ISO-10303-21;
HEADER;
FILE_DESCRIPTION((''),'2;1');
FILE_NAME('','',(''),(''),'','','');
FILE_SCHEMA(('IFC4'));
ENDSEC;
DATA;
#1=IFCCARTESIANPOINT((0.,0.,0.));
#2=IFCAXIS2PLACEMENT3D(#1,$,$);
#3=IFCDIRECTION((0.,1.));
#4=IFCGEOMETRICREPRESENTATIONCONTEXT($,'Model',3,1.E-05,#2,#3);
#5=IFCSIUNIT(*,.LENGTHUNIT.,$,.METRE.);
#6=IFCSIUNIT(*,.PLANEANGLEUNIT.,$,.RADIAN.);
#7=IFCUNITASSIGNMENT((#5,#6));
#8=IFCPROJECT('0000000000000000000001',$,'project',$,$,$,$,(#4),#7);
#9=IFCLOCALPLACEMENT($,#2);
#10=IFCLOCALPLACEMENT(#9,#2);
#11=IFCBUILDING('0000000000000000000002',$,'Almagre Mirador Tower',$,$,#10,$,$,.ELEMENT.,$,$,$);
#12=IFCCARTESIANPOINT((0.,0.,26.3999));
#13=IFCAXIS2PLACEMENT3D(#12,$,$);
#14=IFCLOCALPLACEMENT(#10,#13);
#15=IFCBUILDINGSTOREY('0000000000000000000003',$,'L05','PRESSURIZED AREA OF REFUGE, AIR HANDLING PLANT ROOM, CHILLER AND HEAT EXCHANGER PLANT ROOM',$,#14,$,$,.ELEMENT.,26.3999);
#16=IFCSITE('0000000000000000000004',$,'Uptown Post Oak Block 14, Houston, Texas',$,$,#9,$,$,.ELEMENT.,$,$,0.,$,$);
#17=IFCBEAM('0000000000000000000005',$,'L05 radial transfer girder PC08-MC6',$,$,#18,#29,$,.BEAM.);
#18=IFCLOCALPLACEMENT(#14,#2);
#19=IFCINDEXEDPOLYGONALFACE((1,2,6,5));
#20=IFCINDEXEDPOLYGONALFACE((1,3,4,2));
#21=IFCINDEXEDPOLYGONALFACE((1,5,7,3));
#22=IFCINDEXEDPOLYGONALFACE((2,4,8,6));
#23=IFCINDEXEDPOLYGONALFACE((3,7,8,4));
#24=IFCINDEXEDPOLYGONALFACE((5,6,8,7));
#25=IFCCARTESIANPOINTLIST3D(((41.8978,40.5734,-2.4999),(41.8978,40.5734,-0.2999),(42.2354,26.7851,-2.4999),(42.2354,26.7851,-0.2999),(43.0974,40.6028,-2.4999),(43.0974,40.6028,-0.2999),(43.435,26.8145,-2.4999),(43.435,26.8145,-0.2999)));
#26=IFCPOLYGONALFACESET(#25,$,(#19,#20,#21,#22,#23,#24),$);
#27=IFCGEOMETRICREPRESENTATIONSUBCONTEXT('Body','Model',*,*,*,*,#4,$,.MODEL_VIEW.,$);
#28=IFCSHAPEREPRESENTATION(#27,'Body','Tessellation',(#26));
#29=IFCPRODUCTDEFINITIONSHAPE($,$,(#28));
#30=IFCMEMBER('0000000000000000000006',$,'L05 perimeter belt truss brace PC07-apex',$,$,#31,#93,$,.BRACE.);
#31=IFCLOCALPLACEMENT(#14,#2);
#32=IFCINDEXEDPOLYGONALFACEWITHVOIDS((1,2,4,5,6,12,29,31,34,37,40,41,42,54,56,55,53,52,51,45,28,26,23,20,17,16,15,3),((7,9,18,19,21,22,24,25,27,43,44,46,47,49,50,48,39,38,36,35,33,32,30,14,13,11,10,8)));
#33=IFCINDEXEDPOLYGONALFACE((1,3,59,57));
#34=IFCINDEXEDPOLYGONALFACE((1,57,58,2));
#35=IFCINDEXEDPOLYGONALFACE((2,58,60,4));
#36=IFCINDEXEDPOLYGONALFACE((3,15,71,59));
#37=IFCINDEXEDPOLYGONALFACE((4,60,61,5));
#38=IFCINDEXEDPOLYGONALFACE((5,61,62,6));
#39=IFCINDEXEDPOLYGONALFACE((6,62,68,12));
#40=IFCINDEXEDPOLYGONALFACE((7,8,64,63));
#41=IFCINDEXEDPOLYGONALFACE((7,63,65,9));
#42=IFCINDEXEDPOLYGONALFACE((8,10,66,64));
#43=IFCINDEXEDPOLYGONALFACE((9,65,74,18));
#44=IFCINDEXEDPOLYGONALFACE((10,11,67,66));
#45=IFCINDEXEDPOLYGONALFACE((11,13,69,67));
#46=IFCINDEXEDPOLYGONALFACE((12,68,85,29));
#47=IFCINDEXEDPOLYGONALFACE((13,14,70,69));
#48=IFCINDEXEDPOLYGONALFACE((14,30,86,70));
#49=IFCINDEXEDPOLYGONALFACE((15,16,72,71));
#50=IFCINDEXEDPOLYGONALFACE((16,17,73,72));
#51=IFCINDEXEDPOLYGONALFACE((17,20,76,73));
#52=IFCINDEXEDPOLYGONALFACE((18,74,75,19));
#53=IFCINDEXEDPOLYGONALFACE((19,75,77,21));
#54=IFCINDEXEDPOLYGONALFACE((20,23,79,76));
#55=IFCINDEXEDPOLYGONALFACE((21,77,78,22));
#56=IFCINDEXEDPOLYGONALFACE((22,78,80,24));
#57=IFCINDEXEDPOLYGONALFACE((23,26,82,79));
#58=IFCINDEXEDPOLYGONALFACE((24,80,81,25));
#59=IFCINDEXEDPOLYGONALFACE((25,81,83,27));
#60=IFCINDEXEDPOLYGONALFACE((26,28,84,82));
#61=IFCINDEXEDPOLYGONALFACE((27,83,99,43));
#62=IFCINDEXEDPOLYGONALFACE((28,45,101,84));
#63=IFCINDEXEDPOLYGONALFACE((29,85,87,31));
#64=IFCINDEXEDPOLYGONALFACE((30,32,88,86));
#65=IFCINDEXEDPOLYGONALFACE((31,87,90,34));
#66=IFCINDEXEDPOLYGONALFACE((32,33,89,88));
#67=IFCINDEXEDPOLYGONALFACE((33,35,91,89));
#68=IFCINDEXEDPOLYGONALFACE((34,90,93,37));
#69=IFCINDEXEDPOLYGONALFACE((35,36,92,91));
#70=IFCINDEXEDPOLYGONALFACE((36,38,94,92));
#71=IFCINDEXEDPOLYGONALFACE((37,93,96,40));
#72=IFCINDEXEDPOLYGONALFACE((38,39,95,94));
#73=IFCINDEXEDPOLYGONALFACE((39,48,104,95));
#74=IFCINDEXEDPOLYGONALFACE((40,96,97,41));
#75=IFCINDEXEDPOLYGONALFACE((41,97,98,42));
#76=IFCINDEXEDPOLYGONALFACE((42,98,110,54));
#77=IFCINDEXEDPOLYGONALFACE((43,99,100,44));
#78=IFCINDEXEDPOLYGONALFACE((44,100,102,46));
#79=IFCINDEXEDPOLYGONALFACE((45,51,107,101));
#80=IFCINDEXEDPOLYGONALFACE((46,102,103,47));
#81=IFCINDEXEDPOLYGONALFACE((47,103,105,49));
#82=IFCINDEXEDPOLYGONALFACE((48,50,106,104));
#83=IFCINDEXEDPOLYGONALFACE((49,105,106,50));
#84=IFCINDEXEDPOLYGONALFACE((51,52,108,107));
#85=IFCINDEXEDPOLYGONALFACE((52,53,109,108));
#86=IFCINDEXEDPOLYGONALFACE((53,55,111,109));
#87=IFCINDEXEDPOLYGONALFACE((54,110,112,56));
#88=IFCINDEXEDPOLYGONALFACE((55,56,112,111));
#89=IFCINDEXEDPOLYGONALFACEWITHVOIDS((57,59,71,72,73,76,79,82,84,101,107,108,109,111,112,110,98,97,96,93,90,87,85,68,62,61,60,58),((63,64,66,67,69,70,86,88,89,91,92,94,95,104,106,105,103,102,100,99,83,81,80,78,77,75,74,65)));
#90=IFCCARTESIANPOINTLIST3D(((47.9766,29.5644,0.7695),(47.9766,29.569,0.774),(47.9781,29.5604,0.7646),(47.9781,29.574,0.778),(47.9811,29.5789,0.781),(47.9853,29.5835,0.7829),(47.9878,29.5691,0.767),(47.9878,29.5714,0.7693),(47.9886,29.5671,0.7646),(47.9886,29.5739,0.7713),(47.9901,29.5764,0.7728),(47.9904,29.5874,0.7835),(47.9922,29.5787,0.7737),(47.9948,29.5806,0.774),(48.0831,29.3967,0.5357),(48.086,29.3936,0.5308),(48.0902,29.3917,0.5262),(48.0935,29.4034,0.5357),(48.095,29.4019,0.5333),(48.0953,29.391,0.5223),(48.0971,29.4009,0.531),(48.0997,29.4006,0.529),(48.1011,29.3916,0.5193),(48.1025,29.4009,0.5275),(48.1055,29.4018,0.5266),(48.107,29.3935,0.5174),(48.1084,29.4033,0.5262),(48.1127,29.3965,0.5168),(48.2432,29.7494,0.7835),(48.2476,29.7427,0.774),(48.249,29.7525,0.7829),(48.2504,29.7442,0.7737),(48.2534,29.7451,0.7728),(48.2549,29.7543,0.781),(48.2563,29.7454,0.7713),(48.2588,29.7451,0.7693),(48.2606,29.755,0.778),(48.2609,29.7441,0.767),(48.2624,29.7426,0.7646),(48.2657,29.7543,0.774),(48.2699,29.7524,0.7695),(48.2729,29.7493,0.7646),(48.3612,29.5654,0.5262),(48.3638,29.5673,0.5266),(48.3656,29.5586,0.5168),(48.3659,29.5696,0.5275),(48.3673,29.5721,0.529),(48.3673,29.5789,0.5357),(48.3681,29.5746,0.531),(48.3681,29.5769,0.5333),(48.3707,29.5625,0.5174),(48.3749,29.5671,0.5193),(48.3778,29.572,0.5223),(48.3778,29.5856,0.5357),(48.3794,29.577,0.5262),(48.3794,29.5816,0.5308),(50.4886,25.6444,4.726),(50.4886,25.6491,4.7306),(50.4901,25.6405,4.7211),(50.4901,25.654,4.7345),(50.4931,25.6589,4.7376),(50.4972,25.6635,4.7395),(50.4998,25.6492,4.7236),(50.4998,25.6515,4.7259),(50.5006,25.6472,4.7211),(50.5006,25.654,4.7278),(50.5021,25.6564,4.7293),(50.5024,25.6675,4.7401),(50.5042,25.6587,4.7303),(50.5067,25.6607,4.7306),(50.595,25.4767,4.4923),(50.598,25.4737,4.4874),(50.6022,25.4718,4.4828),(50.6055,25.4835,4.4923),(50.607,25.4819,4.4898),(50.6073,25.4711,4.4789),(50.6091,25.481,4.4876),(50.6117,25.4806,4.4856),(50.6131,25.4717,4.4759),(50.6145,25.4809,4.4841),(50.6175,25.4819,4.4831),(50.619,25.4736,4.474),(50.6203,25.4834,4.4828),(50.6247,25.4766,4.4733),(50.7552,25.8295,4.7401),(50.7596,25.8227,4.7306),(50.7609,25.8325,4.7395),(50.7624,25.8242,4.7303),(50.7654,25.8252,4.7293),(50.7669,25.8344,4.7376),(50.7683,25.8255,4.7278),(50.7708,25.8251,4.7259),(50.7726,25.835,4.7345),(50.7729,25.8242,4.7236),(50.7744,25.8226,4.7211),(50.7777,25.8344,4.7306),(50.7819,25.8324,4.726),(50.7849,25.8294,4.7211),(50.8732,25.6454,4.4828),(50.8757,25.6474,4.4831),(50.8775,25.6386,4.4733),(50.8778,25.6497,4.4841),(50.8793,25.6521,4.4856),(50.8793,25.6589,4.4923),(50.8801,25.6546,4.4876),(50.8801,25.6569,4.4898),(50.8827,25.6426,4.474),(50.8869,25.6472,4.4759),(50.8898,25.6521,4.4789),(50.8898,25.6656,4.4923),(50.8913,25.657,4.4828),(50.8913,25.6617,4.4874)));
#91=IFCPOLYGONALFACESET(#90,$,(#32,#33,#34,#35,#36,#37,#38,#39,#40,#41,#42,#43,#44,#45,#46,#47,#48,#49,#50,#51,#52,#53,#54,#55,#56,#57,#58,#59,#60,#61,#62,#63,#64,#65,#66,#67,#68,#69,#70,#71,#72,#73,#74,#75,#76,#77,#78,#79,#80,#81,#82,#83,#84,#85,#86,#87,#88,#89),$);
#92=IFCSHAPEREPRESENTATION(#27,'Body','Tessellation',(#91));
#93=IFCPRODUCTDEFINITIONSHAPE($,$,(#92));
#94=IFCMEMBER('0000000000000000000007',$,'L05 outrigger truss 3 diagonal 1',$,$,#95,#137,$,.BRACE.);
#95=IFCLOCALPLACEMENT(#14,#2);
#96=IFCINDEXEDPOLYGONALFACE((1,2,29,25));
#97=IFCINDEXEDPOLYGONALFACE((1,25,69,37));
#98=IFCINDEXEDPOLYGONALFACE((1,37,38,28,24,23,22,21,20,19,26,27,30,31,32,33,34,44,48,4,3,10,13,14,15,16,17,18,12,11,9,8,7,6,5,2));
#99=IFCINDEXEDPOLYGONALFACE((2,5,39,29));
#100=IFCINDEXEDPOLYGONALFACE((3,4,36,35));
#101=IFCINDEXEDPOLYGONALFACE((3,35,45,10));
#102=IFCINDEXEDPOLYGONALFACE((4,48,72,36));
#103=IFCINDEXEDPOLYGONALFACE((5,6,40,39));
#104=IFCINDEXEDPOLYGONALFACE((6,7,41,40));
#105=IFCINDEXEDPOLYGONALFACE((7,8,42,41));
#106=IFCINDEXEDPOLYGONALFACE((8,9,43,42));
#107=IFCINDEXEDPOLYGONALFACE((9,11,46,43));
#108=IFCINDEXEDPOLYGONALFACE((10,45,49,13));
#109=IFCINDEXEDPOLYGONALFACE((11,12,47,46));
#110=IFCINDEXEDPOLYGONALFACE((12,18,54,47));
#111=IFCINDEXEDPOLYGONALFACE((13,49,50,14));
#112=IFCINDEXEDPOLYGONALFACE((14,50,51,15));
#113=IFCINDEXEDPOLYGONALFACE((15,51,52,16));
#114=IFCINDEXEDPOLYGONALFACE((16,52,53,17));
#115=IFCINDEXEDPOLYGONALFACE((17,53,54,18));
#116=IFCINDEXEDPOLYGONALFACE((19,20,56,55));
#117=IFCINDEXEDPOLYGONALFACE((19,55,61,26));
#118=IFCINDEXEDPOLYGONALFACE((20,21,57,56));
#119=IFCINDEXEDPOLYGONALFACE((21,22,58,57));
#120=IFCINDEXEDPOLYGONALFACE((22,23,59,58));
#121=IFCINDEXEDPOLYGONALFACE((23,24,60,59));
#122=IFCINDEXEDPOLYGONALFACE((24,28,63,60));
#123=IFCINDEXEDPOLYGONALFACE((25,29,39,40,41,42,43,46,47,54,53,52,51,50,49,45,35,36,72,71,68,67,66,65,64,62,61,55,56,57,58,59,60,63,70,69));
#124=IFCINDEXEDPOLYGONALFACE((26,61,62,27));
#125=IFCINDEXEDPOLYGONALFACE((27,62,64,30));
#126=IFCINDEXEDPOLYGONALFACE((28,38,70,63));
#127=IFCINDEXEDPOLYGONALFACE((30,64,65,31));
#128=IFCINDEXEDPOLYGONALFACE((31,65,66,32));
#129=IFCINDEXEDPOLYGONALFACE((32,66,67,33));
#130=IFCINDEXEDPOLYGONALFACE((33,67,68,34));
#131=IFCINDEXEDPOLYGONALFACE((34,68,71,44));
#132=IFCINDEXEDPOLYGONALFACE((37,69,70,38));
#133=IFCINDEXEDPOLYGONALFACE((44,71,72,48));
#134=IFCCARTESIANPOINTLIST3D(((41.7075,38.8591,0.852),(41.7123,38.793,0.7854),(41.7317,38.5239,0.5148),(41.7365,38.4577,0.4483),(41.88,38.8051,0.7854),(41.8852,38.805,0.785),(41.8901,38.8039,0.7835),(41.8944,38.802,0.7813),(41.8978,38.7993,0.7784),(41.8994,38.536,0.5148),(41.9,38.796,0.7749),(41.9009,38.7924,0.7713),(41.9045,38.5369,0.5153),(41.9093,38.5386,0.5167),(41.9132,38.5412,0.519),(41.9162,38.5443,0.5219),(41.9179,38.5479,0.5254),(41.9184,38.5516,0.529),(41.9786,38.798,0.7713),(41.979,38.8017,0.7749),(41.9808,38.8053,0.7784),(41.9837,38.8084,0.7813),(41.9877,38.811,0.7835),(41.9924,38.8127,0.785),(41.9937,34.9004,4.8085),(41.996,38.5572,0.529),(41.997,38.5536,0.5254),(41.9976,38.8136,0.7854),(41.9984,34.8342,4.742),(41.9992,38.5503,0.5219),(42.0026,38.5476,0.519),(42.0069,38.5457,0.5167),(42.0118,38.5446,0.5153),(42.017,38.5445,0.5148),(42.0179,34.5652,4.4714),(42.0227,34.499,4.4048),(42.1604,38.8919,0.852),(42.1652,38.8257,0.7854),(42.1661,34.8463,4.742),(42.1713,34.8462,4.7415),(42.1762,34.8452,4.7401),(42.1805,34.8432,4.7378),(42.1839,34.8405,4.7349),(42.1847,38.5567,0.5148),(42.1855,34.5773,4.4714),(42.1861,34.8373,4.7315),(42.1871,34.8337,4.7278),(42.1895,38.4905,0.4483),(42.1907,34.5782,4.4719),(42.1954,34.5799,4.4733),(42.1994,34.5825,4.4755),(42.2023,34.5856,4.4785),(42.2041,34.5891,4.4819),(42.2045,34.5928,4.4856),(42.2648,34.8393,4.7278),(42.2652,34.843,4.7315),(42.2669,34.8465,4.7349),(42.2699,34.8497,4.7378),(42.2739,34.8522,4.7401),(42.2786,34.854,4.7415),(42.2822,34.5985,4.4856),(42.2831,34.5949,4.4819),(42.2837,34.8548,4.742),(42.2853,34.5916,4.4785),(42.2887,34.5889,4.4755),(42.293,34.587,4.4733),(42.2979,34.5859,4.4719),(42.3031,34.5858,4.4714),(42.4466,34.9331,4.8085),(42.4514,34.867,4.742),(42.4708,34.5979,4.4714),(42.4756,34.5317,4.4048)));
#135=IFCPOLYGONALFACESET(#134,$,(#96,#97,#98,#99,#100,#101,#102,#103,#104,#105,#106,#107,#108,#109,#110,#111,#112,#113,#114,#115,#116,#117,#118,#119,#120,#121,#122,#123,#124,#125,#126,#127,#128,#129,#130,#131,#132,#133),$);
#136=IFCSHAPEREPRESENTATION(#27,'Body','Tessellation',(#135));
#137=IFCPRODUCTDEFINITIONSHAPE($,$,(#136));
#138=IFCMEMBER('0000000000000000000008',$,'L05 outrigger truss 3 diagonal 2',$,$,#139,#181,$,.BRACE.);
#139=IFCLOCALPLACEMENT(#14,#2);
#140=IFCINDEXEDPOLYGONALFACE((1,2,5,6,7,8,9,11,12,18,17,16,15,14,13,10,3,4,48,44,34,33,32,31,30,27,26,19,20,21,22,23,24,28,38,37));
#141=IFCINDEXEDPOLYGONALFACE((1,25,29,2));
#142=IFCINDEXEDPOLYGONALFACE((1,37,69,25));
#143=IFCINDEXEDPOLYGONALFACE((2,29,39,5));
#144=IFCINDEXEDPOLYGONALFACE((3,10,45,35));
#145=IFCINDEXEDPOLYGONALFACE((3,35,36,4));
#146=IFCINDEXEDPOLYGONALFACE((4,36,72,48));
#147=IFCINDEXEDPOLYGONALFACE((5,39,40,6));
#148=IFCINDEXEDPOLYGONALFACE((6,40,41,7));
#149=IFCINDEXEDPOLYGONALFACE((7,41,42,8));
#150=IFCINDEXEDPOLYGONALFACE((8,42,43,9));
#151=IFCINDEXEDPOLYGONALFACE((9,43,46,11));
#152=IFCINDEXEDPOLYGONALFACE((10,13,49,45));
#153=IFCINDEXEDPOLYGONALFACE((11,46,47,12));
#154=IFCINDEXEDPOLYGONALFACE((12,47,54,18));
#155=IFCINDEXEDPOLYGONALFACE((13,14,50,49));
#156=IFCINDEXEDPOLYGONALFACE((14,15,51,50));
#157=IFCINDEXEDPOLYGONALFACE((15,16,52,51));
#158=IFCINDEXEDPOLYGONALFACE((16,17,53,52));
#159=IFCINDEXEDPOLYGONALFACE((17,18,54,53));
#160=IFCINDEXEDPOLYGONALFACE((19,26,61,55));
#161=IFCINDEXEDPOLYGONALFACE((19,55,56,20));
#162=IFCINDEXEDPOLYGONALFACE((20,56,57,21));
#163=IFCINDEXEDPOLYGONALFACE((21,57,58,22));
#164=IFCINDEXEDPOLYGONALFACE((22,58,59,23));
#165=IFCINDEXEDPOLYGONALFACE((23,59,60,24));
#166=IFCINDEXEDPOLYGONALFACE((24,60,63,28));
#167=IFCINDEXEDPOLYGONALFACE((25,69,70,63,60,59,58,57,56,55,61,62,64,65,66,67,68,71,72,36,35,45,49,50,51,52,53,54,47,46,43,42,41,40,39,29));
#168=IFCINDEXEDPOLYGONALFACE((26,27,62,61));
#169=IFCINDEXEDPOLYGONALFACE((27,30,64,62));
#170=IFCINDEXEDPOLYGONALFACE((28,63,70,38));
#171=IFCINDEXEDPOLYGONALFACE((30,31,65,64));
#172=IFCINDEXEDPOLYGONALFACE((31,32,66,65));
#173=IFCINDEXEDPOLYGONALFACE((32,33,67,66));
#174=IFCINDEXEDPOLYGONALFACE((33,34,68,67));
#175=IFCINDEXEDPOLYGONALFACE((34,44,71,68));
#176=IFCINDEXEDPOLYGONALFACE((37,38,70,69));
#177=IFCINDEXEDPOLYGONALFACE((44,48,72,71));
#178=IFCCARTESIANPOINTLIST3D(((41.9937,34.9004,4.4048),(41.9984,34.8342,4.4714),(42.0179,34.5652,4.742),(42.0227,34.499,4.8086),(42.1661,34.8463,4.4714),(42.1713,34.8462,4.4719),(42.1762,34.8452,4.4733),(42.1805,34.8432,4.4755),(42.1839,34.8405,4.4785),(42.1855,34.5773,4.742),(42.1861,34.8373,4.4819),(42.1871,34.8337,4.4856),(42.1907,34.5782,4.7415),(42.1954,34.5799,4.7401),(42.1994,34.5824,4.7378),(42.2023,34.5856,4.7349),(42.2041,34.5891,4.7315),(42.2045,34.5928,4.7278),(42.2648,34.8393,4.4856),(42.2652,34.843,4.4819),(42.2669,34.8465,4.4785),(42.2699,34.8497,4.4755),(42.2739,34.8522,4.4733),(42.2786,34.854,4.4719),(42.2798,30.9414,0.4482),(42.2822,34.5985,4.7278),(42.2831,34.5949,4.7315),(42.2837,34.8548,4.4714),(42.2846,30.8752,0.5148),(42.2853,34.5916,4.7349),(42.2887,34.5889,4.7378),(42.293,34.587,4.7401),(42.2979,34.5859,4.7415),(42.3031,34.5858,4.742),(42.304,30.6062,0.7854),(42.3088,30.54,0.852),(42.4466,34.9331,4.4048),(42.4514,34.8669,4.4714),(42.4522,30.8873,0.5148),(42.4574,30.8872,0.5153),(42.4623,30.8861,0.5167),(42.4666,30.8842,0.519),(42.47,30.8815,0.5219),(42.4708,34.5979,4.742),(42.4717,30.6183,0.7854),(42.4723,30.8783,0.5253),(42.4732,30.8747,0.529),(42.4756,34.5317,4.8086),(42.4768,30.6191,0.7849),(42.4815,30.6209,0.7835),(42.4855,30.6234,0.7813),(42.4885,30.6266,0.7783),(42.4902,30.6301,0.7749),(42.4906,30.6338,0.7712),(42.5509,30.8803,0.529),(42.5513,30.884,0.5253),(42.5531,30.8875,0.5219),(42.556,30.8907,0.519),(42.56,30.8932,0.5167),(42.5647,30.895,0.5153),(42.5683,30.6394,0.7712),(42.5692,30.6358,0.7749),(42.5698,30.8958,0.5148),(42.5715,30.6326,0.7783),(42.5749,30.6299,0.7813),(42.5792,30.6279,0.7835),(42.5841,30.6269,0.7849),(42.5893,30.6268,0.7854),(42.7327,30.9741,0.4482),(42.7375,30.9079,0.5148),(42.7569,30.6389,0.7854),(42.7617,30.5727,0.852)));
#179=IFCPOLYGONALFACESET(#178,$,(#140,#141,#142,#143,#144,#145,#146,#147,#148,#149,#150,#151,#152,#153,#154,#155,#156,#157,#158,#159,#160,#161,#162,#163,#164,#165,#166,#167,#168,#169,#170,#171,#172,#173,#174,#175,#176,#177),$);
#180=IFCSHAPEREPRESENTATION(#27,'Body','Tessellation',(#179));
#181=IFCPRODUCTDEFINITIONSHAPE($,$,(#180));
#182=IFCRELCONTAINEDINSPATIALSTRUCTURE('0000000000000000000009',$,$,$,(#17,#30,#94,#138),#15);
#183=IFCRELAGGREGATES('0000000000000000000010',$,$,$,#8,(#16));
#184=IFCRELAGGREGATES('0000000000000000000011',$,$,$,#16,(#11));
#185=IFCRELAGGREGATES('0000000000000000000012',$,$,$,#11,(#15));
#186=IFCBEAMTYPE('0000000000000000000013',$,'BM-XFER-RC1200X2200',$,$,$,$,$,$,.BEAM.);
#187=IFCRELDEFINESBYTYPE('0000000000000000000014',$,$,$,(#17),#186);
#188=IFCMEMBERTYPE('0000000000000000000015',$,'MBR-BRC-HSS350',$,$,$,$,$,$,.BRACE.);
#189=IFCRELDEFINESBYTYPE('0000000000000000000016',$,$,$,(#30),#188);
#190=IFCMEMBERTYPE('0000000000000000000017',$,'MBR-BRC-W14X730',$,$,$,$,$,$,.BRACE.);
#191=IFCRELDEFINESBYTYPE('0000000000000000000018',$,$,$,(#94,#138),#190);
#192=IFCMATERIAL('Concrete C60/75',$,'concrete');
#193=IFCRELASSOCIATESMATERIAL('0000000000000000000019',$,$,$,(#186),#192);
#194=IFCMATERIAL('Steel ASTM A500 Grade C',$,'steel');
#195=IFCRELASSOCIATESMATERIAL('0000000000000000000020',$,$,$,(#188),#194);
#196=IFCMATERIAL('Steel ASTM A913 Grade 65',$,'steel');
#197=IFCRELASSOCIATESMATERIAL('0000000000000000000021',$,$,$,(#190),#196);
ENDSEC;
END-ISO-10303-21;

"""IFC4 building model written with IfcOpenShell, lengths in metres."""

from ifc_helpers import new_model, si_unit, direction, frame, origin, origin_2d, place, context, subcontext, project, spatial, rectangle, hollow_rectangle, i_section, extrude, material, material_profile, profile_set, type_object, element, save


model = new_model("IFC4")

# Units and contexts
model_context = context("Model", 3, precision=1e-05, world=origin(), true_north=direction((0.0, 1.0)))
body_context = subcontext(model_context, "Body", "Model", "MODEL_VIEW")
ifc_project = project(units=[si_unit("LENGTHUNIT", "METRE"), si_unit("PLANEANGLEUNIT", "RADIAN")], contexts=[model_context])

# Site, building, storey
site_placement = place(None, origin())
site = spatial("IfcSite", under=ifc_project, at=site_placement, Name="Uptown Post Oak Block 14, Houston, Texas", CompositionType="ELEMENT", RefElevation=0.0)
building_placement = place(site_placement, origin())
building = spatial("IfcBuilding", under=site, at=building_placement, Name="Almagre Mirador Tower", CompositionType="ELEMENT")
storey_placement = place(building_placement, frame((0.0, 0.0, 26.3999)))
storey = spatial("IfcBuildingStorey", under=building, at=storey_placement, Name="L05", Description="PRESSURIZED AREA OF REFUGE, AIR HANDLING PLANT ROOM, CHILLER AND HEAT EXCHANGER PLANT ROOM", CompositionType="ELEMENT", Elevation=26.3999)

# Beam
ifc_material_1 = material(Name="Concrete C60/75", Category="concrete")
ifc_material_profile_1 = material_profile(ifc_material_1, rectangle(XDim=1.2, YDim=2.2, at=origin_2d()), Name="RC1200X2200")
ifc_profile_set_1 = profile_set([ifc_material_profile_1], Name="Concrete C60/75")
beam_type_1 = type_object("IfcBeamType", Name="BM-XFER-RC1200X2200", PredefinedType="BEAM", material=ifc_profile_set_1)
beam_1_placement = place(storey_placement, frame((42.4976, 40.5881, -1.3999), z_axis=(0.024481, -0.9997, 0.0), x_axis=(0.9997, 0.024481, 0.0)))
element("IfcBeam", 1, at=beam_1_placement, inside=storey, type_object=beam_type_1, Name="L05 radial transfer girder PC08-MC6", PredefinedType="BEAM", context=body_context, shape_type="SweptSolid", body=[
    extrude(rectangle(XDim=1.2, YDim=2.2, at=origin_2d()), origin(), (0.0, 0.0, 1.0), 13.7925),
])

# Members
ifc_material_2 = material(Name="Steel ASTM A500 Grade C", Category="steel")
ifc_material_profile_2 = material_profile(ifc_material_2, hollow_rectangle(XDim=0.3501, YDim=0.3501, WallThickness=0.0125, InnerFilletRadius=0.0125, OuterFilletRadius=0.0249, at=origin_2d()), Name="HSS350X350X12.5")
ifc_profile_set_2 = profile_set([ifc_material_profile_2], Name="Steel ASTM A500 Grade C")
member_type_1 = type_object("IfcMemberType", Name="MBR-BRC-HSS350", PredefinedType="BRACE", material=ifc_profile_set_2)
member_1_placement = place(storey_placement, frame((48.178, 29.573, 0.6501), z_axis=(0.411135, -0.641577, 0.64757), x_axis=(0.841958, 0.539543, 0.0)))
element("IfcMember", 2, at=member_1_placement, inside=storey, type_object=member_type_1, Name="L05 perimeter belt truss brace PC07-apex", PredefinedType="BRACE", context=body_context, shape_type="SweptSolid", body=[
    extrude(hollow_rectangle(XDim=0.3501, YDim=0.3501, WallThickness=0.0125, InnerFilletRadius=0.0125, OuterFilletRadius=0.0249, at=origin_2d()), origin(), (0.0, 0.0, 1.0), 6.1099),
])
ifc_material_3 = material(Name="Steel ASTM A913 Grade 65", Category="steel")
ifc_material_profile_3 = material_profile(ifc_material_3, i_section(OverallWidth=0.4541, OverallDepth=0.5701, WebThickness=0.0779, FlangeThickness=0.094, FilletRadius=0.02, at=origin_2d()), Name="W14X730")
ifc_profile_set_3 = profile_set([ifc_material_profile_3], Name="Steel ASTM A913 Grade 65")
member_type_2 = type_object("IfcMemberType", Name="MBR-BRC-W14X730", PredefinedType="BRACE", material=ifc_profile_set_3)
member_2_placement = place(storey_placement, frame((41.9485, 38.6748, 0.6501), z_axis=(0.051056, -0.706381, 0.705988), x_axis=(0.997398, 0.072091, 0.0)))
element("IfcMember", 3, at=member_2_placement, inside=storey, type_object=member_type_2, Name="L05 outrigger truss 3 diagonal 1", PredefinedType="BRACE", context=body_context, shape_type="SweptSolid", body=[
    extrude(i_section(OverallWidth=0.4541, OverallDepth=0.5701, WebThickness=0.0779, FlangeThickness=0.094, FilletRadius=0.02, at=origin_2d()), origin(), (0.0, 0.0, 1.0), 5.6042),
])
member_3_placement = place(storey_placement, frame((42.2346, 34.7161, 4.6067), z_axis=(0.051055, -0.706402, -0.705967), x_axis=(0.997398, 0.072086, 0.0)))
element("IfcMember", 4, at=member_3_placement, inside=storey, type_object=member_type_2, Name="L05 outrigger truss 3 diagonal 2", PredefinedType="BRACE", context=body_context, shape_type="SweptSolid", body=[
    extrude(i_section(OverallWidth=0.4541, OverallDepth=0.5701, WebThickness=0.0779, FlangeThickness=0.094, FilletRadius=0.02, at=origin_2d()), origin(), (0.0, 0.0, 1.0), 5.6045),
])

save(model, "model.ifc")
